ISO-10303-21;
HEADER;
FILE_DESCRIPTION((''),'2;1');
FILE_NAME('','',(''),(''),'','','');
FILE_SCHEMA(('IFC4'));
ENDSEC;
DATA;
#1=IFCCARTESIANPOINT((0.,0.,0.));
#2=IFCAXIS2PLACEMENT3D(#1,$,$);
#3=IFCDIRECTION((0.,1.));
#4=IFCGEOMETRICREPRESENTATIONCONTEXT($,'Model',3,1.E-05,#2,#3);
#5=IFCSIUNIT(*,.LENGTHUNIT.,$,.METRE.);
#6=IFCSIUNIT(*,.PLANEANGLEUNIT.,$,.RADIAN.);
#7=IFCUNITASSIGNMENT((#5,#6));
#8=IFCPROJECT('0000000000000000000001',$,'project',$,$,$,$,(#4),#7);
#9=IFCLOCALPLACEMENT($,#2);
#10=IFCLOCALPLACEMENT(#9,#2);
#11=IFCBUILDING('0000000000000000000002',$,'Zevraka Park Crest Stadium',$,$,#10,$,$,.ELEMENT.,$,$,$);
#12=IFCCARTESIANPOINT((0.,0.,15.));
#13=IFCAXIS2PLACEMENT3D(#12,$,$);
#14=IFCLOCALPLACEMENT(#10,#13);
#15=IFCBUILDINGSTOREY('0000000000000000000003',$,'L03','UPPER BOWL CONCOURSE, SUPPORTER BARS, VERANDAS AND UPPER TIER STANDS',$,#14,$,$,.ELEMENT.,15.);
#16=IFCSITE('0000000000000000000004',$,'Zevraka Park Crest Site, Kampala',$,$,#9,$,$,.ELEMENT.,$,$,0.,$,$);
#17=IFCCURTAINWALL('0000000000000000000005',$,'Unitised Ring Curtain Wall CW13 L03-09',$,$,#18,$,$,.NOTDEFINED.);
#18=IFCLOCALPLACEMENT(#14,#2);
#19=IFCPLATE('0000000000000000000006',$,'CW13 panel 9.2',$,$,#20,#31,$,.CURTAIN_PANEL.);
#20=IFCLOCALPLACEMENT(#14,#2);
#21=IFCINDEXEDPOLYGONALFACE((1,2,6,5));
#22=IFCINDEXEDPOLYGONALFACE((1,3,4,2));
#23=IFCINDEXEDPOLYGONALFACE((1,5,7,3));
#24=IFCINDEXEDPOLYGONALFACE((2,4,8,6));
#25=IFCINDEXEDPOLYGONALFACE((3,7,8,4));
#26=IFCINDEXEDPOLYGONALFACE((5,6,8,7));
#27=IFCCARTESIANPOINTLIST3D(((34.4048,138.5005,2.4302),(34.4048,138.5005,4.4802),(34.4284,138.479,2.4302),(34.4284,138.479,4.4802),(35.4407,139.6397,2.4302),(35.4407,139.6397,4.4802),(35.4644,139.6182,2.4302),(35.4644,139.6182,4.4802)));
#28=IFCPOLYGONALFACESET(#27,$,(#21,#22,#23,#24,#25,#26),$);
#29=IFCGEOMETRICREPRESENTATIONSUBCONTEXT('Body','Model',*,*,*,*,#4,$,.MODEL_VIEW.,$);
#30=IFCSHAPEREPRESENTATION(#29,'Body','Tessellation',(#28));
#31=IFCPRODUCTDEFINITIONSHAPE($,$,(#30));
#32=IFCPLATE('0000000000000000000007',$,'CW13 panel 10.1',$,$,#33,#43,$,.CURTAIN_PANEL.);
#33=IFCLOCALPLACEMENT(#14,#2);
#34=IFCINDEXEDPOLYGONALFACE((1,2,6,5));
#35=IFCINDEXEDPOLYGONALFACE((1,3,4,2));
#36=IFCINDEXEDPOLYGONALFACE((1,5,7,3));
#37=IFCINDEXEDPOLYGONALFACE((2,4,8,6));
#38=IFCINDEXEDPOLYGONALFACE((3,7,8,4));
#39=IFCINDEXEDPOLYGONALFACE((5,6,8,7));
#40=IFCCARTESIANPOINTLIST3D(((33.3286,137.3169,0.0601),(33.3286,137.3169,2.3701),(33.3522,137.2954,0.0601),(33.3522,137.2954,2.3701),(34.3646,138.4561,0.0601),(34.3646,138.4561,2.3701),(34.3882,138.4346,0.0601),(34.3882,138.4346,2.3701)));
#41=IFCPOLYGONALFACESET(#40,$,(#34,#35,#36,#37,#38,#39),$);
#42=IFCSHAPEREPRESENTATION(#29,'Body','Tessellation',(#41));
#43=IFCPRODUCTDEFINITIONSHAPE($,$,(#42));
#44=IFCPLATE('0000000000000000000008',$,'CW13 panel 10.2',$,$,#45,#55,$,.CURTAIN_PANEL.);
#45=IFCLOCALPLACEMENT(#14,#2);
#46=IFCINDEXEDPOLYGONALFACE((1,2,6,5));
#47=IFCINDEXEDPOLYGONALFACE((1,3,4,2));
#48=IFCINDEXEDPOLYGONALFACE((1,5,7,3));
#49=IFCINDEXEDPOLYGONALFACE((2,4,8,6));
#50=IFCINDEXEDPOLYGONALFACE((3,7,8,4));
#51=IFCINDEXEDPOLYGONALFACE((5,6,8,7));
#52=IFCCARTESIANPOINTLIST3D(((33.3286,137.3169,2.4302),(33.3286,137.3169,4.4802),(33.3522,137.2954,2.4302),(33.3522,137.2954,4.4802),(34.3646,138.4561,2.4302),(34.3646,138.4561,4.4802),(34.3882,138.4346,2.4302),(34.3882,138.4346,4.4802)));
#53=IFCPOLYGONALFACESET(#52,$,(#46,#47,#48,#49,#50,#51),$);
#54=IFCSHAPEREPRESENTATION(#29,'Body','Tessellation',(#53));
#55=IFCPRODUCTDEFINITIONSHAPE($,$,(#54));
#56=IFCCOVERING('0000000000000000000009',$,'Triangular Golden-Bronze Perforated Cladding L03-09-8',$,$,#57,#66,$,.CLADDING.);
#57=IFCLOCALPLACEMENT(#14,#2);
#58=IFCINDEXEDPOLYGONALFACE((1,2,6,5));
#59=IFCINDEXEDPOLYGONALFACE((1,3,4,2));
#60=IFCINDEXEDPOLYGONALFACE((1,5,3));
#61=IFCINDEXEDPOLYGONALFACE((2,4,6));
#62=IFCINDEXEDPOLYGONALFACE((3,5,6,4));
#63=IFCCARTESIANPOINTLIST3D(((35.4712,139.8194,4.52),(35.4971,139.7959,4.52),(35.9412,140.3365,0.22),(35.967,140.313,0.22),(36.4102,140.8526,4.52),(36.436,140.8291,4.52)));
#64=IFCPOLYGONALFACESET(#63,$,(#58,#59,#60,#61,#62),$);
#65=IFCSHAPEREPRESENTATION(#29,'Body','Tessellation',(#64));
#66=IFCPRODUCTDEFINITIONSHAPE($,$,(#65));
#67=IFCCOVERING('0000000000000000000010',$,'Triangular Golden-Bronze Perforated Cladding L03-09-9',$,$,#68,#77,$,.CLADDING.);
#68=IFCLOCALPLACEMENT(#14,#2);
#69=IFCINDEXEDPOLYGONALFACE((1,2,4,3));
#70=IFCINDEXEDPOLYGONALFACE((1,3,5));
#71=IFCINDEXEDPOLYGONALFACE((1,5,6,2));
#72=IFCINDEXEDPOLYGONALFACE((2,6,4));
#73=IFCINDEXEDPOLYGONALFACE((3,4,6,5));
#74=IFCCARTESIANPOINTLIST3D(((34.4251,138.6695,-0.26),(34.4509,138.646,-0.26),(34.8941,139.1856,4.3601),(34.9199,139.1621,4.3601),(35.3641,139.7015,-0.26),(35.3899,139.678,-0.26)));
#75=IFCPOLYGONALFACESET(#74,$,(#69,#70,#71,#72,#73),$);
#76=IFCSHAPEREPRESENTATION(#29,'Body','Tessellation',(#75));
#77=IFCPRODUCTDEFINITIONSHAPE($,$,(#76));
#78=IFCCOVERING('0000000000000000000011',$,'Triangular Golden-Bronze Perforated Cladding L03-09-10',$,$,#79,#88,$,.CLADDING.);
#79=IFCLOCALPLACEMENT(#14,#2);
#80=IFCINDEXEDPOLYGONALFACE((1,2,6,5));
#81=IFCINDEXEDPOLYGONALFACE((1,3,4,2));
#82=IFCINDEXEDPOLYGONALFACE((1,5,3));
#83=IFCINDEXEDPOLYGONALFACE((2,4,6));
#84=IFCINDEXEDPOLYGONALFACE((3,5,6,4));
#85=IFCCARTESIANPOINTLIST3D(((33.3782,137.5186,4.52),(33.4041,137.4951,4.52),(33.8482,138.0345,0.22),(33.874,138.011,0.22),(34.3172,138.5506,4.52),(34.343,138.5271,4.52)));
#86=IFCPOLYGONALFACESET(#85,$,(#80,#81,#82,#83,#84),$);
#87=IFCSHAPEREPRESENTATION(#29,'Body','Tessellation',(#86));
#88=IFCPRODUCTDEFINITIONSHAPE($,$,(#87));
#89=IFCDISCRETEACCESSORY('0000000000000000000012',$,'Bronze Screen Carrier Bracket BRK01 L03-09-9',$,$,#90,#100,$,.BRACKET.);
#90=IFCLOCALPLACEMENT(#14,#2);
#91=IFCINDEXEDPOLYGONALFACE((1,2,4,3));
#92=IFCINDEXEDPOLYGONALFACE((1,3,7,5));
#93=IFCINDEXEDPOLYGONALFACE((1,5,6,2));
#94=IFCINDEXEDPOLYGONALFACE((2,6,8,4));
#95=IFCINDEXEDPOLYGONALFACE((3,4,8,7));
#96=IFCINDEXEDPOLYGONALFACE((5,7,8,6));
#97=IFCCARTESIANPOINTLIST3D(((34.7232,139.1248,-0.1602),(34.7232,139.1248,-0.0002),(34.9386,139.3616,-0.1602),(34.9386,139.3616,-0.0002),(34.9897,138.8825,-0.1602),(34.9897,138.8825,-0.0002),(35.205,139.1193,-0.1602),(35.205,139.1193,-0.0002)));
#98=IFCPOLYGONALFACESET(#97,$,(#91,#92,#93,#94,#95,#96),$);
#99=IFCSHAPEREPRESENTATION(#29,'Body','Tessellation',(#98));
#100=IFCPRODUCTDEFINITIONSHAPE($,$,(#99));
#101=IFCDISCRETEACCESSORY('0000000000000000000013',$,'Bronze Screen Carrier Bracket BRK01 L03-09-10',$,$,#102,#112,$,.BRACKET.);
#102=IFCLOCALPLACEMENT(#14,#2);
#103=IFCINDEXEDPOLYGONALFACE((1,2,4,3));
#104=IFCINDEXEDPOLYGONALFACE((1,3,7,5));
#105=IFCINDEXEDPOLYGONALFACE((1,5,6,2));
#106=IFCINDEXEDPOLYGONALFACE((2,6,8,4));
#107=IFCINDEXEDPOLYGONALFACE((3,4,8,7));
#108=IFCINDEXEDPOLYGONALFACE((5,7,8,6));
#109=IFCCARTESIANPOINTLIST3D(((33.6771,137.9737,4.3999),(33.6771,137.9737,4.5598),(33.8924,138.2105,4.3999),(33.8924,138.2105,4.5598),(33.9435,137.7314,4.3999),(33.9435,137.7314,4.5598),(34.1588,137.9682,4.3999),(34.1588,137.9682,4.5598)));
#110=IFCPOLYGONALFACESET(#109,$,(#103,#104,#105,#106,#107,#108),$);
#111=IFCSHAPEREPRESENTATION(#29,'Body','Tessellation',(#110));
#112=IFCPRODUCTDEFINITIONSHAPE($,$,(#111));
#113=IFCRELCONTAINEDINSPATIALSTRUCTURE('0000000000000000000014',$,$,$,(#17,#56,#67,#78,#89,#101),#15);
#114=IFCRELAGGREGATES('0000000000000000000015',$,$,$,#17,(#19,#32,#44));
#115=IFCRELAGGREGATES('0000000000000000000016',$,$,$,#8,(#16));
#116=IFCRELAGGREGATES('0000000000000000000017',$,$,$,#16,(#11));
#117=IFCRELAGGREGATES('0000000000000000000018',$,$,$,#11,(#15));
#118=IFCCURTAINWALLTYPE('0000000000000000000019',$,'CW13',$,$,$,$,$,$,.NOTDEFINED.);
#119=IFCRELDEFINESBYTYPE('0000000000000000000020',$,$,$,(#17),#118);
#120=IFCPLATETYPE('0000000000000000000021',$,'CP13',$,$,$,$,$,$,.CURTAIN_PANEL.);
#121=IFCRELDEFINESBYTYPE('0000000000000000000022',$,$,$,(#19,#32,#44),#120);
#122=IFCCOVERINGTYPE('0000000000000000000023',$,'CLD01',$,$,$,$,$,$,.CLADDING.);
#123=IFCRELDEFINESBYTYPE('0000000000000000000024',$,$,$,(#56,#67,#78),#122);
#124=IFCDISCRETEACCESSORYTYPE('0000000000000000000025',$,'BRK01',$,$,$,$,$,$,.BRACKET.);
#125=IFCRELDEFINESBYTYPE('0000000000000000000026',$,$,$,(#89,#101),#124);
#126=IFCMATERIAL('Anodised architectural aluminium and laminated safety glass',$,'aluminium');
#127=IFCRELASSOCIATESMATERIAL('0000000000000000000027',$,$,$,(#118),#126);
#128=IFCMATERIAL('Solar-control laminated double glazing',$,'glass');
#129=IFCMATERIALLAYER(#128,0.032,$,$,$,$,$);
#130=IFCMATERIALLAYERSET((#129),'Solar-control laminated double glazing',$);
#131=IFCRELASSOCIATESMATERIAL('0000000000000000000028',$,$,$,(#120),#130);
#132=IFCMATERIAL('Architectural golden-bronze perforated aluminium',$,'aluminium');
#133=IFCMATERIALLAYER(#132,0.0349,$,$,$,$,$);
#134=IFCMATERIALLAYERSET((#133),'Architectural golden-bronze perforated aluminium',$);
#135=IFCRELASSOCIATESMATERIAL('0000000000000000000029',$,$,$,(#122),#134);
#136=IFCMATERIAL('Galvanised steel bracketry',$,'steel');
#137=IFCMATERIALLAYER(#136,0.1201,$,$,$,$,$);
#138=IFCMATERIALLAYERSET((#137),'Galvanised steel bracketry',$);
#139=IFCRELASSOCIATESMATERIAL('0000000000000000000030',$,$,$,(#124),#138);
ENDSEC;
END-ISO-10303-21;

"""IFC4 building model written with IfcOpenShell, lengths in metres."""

from ifc_helpers import new_model, si_unit, direction, frame, origin, origin_2d, place, context, subcontext, project, spatial, polyline, rectangle, outline, extrude, material, layer, layer_set, type_object, element, aggregate, save


model = new_model("IFC4")

# Units and contexts
model_context = context("Model", 3, precision=1e-05, world=origin(), true_north=direction((0.0, 1.0)))
body_context = subcontext(model_context, "Body", "Model", "MODEL_VIEW")
ifc_project = project(units=[si_unit("LENGTHUNIT", "METRE"), si_unit("PLANEANGLEUNIT", "RADIAN")], contexts=[model_context])

# Site, building, storey
site_placement = place(None, origin())
site = spatial("IfcSite", under=ifc_project, at=site_placement, Name="Zevraka Park Crest Site, Kampala", CompositionType="ELEMENT", RefElevation=0.0)
building_placement = place(site_placement, origin())
building = spatial("IfcBuilding", under=site, at=building_placement, Name="Zevraka Park Crest Stadium", CompositionType="ELEMENT")
storey_placement = place(building_placement, frame((0.0, 0.0, 15.0)))
storey = spatial("IfcBuildingStorey", under=building, at=storey_placement, Name="L03", Description="UPPER BOWL CONCOURSE, SUPPORTER BARS, VERANDAS AND UPPER TIER STANDS", CompositionType="ELEMENT", Elevation=15.0)

# Curtain wall, plates
ifc_material_1 = material(Name="Anodised architectural aluminium and laminated safety glass", Category="aluminium")
curtain_wall_type = type_object("IfcCurtainWallType", Name="CW13", PredefinedType="NOTDEFINED", material=ifc_material_1)
curtain_wall_placement = place(storey_placement, origin())
curtain_wall = element("IfcCurtainWall", 1, at=curtain_wall_placement, inside=storey, type_object=curtain_wall_type, Name="Unitised Ring Curtain Wall CW13 L03-09", PredefinedType="NOTDEFINED")
ifc_material_2 = material(Name="Solar-control laminated double glazing", Category="glass")
ifc_layer_1 = layer(ifc_material_2, 0.032)
ifc_layer_set_1 = layer_set([ifc_layer_1], Name="Solar-control laminated double glazing")
plate_type = type_object("IfcPlateType", Name="CP13", PredefinedType="CURTAIN_PANEL", material=ifc_layer_set_1)
plate_1_placement = place(storey_placement, frame((34.9346, 139.0593, 2.4302), z_axis=(0.0, 0.0, 1.0), x_axis=(-0.672802, -0.739823, 0.0)))
plate_1 = element("IfcPlate", 2, at=plate_1_placement, type_object=plate_type, Name="CW13 panel 9.2", PredefinedType="CURTAIN_PANEL", context=body_context, shape_type="SweptSolid", body=[
    extrude(rectangle(XDim=1.5398, YDim=0.032, at=origin_2d()), origin(), (0.0, 0.0, 1.0), 2.05),
])
plate_2_placement = place(storey_placement, frame((33.8584, 137.8757, 0.0601), z_axis=(0.0, 0.0, 1.0), x_axis=(-0.672802, -0.739823, 0.0)))
plate_2 = element("IfcPlate", 3, at=plate_2_placement, type_object=plate_type, Name="CW13 panel 10.1", PredefinedType="CURTAIN_PANEL", context=body_context, shape_type="SweptSolid", body=[
    extrude(rectangle(XDim=1.5398, YDim=0.032, at=origin_2d()), origin(), (0.0, 0.0, 1.0), 2.3101),
])
plate_3_placement = place(storey_placement, frame((33.8584, 137.8757, 2.4302), z_axis=(0.0, 0.0, 1.0), x_axis=(-0.672802, -0.739823, 0.0)))
plate_3 = element("IfcPlate", 4, at=plate_3_placement, type_object=plate_type, Name="CW13 panel 10.2", PredefinedType="CURTAIN_PANEL", context=body_context, shape_type="SweptSolid", body=[
    extrude(rectangle(XDim=1.5398, YDim=0.032, at=origin_2d()), origin(), (0.0, 0.0, 1.0), 2.05),
])
aggregate(curtain_wall, [plate_1, plate_2, plate_3])

# Coverings
ifc_material_3 = material(Name="Architectural golden-bronze perforated aluminium", Category="aluminium")
ifc_layer_2 = layer(ifc_material_3, 0.0349)
ifc_layer_set_2 = layer_set([ifc_layer_2], Name="Architectural golden-bronze perforated aluminium")
covering_type = type_object("IfcCoveringType", Name="CLD01", PredefinedType="CLADDING", material=ifc_layer_set_2)
covering_1_placement = place(storey_placement, frame((35.4971, 139.7959, 4.52), z_axis=(0.740051, -0.672551, 0.000008), x_axis=(0.672551, 0.740051, 0.0)))
element("IfcCovering", 5, at=covering_1_placement, inside=storey, type_object=covering_type, Name="Triangular Golden-Bronze Perforated Cladding L03-09-8", PredefinedType="CLADDING", context=body_context, shape_type="SweptSolid", body=[
    extrude(outline(polyline([(0.0, 0.0), (1.3961, 0.0), (0.6988, -4.3), (0.0, 0.0)])), origin(), (0.0, 0.0, -1.0), 0.0349),
])
covering_2_placement = place(storey_placement, frame((35.3899, 139.678, -0.26), z_axis=(0.739655, -0.672986, 0.000096), x_axis=(-0.672986, -0.739655, 0.0)))
element("IfcCovering", 6, at=covering_2_placement, inside=storey, type_object=covering_type, Name="Triangular Golden-Bronze Perforated Cladding L03-09-9", PredefinedType="CLADDING", context=body_context, shape_type="SweptSolid", body=[
    extrude(outline(polyline([(0.0, 0.0), (1.3952, 0.0), (0.6978, -4.6201), (0.0, 0.0)])), origin(), (0.0, 0.0, -1.0), 0.0349),
])
covering_3_placement = place(storey_placement, frame((33.4041, 137.4951, 4.52), z_axis=(0.739655, -0.672986, 0.000103), x_axis=(0.672986, 0.739655, 0.0)))
element("IfcCovering", 7, at=covering_3_placement, inside=storey, type_object=covering_type, Name="Triangular Golden-Bronze Perforated Cladding L03-09-10", PredefinedType="CLADDING", context=body_context, shape_type="SweptSolid", body=[
    extrude(outline(polyline([(0.0, 0.0), (1.3952, 0.0), (0.6978, -4.3), (0.0, 0.0)])), origin(), (0.0, 0.0, -1.0), 0.0349),
])

# Discrete accessories
ifc_material_4 = material(Name="Galvanised steel bracketry", Category="steel")
ifc_layer_3 = layer(ifc_material_4, 0.1201)
ifc_layer_set_3 = layer_set([ifc_layer_3], Name="Galvanised steel bracketry")
discrete_accessory_type = type_object("IfcDiscreteAccessoryType", Name="BRK01", PredefinedType="BRACKET", material=ifc_layer_set_3)
for number, where, z_axis, x_axis, name in (
    (8, (34.9641, 139.1221, -0.1602), (0.0, 0.0, 1.0), (-0.672754, -0.739866, 0.0), "Bronze Screen Carrier Bracket BRK01 L03-09-9"),
    (9, (33.918, 137.9709, 4.3999), (0.0, 0.0, 1.0), (-0.672754, -0.739866, 0.0), "Bronze Screen Carrier Bracket BRK01 L03-09-10"),
):
    element("IfcDiscreteAccessory", number, at=place(storey_placement, frame(where, z_axis=z_axis, x_axis=x_axis)), inside=storey, type_object=discrete_accessory_type, Name=name, PredefinedType="BRACKET", context=body_context, shape_type="SweptSolid", body=[
        extrude(rectangle(XDim=0.3201, YDim=0.3601, at=origin_2d()), origin(), (0.0, 0.0, 1.0), 0.1599),
    ])

save(model, "model.ifc")
